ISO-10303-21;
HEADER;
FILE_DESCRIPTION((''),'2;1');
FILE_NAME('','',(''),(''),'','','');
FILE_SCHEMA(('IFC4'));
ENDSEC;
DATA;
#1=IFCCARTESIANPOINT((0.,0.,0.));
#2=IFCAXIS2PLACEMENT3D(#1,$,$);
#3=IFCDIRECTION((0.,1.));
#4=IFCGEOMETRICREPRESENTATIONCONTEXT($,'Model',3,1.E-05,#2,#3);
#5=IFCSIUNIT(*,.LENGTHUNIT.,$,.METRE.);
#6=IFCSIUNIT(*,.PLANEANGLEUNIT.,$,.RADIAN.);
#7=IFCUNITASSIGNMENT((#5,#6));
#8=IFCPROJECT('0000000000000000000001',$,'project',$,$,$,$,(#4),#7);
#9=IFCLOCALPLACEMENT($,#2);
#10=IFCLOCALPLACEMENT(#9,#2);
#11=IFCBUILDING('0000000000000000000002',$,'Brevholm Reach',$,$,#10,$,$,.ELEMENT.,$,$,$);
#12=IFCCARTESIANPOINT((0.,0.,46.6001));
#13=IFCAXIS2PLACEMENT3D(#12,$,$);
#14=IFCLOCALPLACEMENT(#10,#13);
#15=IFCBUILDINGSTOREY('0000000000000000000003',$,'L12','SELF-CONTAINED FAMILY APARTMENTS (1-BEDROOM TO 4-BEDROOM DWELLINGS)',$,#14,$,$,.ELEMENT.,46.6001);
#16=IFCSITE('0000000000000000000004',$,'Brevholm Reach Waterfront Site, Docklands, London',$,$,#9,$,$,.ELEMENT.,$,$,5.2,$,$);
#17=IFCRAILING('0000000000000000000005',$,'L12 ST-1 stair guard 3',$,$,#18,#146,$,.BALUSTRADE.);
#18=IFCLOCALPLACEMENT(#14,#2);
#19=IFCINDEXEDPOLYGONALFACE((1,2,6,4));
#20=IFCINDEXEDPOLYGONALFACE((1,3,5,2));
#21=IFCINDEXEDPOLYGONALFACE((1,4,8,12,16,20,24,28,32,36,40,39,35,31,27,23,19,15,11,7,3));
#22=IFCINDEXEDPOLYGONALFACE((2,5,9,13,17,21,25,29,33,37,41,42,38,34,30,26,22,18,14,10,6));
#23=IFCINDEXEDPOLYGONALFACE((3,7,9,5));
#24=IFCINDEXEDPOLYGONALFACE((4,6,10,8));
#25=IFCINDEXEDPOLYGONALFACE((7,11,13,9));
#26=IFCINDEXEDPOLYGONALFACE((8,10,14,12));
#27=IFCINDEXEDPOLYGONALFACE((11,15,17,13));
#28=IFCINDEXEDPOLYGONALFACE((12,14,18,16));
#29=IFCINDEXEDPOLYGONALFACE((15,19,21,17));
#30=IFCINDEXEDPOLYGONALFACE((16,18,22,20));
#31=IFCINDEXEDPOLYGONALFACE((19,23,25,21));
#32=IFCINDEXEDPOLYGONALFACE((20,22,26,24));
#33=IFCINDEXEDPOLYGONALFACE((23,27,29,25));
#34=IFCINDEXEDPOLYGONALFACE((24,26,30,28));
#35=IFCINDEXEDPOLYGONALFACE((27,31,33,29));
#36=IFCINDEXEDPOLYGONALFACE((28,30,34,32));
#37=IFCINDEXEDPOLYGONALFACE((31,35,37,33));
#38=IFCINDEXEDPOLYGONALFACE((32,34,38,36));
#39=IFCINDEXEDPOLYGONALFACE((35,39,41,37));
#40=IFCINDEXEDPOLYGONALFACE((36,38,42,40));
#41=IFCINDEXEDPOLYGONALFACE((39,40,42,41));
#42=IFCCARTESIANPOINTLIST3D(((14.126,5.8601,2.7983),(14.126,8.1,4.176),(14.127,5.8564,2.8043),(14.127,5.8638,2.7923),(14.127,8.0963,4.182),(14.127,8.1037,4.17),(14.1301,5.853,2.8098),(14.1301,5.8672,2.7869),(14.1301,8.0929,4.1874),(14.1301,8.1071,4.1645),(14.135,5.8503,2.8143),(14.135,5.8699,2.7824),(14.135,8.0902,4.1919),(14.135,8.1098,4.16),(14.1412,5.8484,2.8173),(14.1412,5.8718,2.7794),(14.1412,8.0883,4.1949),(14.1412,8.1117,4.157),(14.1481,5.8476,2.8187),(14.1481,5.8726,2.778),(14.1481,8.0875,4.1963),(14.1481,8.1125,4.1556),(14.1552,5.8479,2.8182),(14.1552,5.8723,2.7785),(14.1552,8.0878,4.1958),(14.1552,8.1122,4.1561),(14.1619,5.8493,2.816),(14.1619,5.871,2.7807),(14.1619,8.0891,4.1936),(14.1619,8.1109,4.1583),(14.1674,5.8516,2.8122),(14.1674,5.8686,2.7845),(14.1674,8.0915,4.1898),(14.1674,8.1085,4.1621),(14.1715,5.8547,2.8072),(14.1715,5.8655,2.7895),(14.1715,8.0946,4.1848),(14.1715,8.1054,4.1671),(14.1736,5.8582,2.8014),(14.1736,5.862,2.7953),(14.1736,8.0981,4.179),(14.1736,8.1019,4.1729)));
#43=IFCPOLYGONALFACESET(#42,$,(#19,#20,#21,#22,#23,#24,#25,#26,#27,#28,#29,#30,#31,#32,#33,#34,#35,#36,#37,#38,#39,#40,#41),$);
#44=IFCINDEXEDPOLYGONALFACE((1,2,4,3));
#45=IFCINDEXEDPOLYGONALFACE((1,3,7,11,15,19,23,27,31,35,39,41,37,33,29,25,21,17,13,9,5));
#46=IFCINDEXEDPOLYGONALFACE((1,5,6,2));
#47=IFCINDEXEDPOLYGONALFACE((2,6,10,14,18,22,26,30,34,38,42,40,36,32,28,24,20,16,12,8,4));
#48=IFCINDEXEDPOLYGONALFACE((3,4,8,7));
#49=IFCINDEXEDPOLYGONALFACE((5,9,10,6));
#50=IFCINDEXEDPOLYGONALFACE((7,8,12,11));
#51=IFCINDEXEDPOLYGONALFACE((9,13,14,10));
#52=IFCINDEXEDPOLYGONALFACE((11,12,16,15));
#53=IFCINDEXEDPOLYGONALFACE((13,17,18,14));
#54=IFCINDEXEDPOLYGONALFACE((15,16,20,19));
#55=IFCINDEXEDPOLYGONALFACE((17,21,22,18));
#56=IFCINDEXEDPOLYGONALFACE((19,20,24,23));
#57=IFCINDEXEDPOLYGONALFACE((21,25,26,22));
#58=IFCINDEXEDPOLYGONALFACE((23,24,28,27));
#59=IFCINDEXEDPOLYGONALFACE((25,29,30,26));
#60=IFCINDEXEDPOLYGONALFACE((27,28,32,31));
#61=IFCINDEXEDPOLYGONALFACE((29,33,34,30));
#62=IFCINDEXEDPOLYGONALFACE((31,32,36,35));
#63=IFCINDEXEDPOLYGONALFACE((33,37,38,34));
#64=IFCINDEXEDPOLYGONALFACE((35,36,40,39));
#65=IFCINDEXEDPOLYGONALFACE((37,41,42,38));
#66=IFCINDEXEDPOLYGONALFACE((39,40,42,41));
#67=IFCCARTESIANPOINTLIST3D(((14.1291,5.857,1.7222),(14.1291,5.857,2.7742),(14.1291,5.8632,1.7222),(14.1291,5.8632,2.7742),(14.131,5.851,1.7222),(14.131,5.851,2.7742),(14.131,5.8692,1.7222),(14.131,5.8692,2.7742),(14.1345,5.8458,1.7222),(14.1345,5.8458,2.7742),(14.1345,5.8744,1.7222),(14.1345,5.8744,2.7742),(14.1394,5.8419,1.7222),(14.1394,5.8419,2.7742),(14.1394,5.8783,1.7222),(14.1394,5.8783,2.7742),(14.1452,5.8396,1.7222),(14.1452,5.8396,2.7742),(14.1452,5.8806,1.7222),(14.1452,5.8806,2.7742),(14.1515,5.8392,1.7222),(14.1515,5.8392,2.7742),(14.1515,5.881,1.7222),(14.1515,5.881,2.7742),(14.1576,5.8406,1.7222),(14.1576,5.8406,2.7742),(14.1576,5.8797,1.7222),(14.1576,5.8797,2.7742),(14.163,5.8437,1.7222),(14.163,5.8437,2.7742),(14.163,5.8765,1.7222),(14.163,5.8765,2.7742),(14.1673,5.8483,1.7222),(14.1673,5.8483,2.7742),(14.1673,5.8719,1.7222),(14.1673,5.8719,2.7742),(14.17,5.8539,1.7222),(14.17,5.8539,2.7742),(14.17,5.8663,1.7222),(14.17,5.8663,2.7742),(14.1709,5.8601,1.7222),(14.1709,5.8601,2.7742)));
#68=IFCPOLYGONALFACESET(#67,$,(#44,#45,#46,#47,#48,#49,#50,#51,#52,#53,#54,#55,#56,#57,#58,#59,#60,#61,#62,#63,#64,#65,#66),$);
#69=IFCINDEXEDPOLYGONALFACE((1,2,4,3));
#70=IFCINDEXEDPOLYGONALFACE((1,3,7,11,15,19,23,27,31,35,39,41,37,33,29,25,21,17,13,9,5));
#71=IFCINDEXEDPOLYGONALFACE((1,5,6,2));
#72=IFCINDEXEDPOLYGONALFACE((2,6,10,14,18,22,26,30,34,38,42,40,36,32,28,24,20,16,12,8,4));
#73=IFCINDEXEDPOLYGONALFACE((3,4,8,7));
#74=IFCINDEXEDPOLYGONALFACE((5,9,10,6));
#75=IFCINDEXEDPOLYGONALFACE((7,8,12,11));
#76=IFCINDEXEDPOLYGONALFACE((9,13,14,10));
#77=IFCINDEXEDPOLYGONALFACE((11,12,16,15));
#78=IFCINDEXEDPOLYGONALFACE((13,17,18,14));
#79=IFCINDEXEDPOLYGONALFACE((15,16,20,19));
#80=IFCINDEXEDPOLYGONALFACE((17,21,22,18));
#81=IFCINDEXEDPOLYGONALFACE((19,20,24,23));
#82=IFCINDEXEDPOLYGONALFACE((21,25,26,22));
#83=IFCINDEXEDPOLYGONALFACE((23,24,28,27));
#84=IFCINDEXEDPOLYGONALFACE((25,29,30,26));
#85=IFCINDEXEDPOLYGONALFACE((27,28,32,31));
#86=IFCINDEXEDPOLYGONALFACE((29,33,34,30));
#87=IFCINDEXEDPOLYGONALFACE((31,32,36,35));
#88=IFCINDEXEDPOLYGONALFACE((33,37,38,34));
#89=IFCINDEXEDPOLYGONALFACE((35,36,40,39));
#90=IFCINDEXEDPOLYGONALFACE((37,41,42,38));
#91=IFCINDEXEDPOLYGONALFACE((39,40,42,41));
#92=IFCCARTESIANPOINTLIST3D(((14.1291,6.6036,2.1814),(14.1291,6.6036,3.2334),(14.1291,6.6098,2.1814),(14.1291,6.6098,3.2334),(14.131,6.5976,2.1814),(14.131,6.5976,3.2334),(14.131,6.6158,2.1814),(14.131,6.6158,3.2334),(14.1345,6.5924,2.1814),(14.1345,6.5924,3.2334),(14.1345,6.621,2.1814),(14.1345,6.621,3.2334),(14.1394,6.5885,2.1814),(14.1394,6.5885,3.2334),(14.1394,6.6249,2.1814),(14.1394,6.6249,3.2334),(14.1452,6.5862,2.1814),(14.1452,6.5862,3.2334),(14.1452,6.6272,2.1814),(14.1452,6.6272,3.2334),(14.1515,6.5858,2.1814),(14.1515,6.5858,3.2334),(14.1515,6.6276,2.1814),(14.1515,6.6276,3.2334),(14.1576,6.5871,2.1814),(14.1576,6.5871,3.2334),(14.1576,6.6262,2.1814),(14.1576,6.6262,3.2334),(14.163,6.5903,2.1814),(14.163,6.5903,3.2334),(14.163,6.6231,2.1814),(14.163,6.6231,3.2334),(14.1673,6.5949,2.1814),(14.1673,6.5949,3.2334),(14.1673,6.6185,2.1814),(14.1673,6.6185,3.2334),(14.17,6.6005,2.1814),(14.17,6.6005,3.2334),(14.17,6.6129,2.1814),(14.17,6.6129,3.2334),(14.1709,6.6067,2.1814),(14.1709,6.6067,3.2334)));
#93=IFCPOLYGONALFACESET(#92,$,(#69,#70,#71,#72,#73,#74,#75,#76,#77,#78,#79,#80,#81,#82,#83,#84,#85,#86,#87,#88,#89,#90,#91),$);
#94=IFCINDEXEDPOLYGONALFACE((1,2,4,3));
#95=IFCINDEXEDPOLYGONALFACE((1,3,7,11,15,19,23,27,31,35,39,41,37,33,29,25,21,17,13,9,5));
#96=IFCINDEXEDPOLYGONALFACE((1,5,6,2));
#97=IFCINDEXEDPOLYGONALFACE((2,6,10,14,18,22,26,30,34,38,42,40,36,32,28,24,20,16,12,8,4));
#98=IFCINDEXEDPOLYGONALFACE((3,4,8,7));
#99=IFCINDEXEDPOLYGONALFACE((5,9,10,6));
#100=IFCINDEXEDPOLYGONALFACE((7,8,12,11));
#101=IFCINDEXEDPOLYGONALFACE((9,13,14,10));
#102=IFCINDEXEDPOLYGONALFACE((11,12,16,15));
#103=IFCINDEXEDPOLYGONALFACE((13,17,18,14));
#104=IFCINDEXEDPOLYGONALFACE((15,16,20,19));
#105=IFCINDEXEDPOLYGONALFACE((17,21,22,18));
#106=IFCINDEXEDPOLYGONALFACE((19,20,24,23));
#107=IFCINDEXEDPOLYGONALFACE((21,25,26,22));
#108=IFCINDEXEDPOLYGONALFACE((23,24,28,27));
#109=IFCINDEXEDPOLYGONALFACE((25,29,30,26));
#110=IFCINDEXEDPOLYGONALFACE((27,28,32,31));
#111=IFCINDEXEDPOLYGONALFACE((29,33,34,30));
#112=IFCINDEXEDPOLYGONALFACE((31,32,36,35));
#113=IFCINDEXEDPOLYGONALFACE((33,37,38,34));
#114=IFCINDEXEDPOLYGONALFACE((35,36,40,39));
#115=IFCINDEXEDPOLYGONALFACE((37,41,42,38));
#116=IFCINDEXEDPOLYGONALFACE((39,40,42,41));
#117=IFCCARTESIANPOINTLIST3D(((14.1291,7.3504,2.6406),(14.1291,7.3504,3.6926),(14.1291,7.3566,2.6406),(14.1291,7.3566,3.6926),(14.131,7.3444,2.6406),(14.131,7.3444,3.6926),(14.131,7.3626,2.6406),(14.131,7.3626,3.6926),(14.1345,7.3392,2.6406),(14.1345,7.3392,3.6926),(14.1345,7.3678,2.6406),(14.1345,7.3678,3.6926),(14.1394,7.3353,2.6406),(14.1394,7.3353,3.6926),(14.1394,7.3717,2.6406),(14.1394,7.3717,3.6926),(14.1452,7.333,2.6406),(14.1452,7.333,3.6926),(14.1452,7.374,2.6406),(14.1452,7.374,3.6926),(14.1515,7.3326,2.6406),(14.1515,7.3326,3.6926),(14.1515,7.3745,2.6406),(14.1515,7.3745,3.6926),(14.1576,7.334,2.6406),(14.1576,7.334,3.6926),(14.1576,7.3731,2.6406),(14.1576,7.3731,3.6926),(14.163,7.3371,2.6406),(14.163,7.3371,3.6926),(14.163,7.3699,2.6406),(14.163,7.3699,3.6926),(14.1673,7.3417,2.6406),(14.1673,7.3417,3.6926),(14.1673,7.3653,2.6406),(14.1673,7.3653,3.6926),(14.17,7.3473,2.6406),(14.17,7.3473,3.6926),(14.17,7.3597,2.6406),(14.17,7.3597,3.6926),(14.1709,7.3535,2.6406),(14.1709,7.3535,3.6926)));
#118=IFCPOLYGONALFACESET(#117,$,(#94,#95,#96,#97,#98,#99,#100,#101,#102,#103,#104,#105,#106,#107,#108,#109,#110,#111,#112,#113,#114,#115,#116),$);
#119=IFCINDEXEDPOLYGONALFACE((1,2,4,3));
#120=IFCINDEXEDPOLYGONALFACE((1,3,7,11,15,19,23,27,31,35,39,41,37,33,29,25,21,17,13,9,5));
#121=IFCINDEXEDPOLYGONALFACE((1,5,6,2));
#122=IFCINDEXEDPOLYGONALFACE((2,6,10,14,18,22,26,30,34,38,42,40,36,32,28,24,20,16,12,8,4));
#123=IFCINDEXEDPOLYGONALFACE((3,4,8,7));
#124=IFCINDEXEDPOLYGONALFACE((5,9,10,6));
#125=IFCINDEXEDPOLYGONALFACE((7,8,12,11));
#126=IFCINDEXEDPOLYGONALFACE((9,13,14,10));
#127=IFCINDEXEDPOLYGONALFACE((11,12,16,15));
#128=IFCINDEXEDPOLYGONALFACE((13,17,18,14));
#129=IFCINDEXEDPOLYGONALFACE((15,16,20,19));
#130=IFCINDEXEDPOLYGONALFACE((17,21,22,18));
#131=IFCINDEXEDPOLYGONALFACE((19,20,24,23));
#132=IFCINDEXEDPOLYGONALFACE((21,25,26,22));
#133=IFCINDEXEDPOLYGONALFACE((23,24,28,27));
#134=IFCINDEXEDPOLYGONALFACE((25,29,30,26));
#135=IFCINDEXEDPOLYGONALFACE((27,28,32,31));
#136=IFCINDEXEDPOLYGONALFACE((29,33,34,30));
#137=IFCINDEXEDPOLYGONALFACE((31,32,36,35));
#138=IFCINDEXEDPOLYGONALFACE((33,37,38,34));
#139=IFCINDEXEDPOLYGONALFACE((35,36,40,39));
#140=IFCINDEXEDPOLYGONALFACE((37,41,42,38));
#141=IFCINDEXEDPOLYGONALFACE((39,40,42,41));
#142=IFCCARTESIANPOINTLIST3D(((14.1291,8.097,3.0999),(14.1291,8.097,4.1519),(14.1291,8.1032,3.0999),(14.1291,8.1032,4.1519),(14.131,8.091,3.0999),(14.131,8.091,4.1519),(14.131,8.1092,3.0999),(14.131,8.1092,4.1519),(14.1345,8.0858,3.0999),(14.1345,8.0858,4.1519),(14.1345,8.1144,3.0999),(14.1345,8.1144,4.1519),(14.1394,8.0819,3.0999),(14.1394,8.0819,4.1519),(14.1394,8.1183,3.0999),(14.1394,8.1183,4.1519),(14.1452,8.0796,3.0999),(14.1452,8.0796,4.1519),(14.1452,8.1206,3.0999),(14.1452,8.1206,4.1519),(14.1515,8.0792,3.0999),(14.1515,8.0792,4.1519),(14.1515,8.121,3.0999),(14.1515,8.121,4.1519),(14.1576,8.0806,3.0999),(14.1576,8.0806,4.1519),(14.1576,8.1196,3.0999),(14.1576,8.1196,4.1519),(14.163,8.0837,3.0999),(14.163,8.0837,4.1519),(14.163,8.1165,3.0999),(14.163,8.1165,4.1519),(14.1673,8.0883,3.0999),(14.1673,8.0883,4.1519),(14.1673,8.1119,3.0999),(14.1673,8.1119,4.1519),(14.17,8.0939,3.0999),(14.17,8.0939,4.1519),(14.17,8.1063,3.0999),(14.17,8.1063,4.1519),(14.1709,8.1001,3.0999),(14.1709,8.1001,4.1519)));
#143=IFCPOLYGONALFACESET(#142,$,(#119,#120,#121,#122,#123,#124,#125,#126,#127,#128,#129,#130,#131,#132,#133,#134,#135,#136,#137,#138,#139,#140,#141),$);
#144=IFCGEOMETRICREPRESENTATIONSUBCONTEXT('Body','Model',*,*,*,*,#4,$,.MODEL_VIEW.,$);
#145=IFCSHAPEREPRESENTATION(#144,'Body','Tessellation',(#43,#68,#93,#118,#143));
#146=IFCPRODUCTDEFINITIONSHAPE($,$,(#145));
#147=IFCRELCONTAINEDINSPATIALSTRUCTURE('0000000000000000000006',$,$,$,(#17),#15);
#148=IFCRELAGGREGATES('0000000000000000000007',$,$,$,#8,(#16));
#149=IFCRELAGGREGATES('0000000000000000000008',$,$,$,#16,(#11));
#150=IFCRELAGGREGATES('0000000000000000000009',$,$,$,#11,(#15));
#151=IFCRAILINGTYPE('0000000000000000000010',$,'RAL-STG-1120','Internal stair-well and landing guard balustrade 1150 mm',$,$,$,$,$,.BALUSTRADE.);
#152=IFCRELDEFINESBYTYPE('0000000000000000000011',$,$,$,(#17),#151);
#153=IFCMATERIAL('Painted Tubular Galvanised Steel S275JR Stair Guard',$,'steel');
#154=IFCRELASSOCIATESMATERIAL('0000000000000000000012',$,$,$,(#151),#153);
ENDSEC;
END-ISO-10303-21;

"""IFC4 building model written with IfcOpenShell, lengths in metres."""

from ifc_helpers import new_model, si_unit, direction, frame, origin, origin_2d, place, context, subcontext, project, spatial, circle, extrude, material, type_object, element, save


model = new_model("IFC4")

# Units and contexts
model_context = context("Model", 3, precision=1e-05, world=origin(), true_north=direction((0.0, 1.0)))
body_context = subcontext(model_context, "Body", "Model", "MODEL_VIEW")
ifc_project = project(units=[si_unit("LENGTHUNIT", "METRE"), si_unit("PLANEANGLEUNIT", "RADIAN")], contexts=[model_context])

# Site, building, storey
site_placement = place(None, origin())
site = spatial("IfcSite", under=ifc_project, at=site_placement, Name="Brevholm Reach Waterfront Site, Docklands, London", CompositionType="ELEMENT", RefElevation=5.2)
building_placement = place(site_placement, origin())
building = spatial("IfcBuilding", under=site, at=building_placement, Name="Brevholm Reach", CompositionType="ELEMENT")
storey_placement = place(building_placement, frame((0.0, 0.0, 46.6001)))
storey = spatial("IfcBuildingStorey", under=building, at=storey_placement, Name="L12", Description="SELF-CONTAINED FAMILY APARTMENTS (1-BEDROOM TO 4-BEDROOM DWELLINGS)", CompositionType="ELEMENT", Elevation=46.6001)

# Railing
ifc_material_1 = material(Name="Painted Tubular Galvanised Steel S275JR Stair Guard", Category="steel")
railing_type_1 = type_object("IfcRailingType", Name="RAL-STG-1120", Description="Internal stair-well and landing guard balustrade 1150 mm", PredefinedType="BALUSTRADE", material=ifc_material_1)
railing_1_placement = place(storey_placement, frame((14.1499, 5.8601, 1.7222)))
element("IfcRailing", 1, at=railing_1_placement, inside=storey, type_object=railing_type_1, Name="L12 ST-1 stair guard 3", PredefinedType="BALUSTRADE", context=body_context, shape_type="SweptSolid", body=[
    extrude(circle(Radius=0.0239, at=origin_2d()), frame((0.0, 0.0, 1.0762), z_axis=(0.0, 0.851789, 0.523885), x_axis=(-1.0, 0.0, 0.0)), (0.0, 0.0, 1.0), 2.6296),
    extrude(circle(Radius=0.021, at=origin_2d()), origin(), (0.0, 0.0, 1.0), 1.052),
    extrude(circle(Radius=0.021, at=origin_2d()), frame((0.0, 0.7466, 0.4592)), (0.0, 0.0, 1.0), 1.052),
    extrude(circle(Radius=0.021, at=origin_2d()), frame((0.0, 1.4934, 0.9185)), (0.0, 0.0, 1.0), 1.052),
    extrude(circle(Radius=0.021, at=origin_2d()), frame((0.0, 2.24, 1.3777)), (0.0, 0.0, 1.0), 1.052),
])

save(model, "model.ifc")
